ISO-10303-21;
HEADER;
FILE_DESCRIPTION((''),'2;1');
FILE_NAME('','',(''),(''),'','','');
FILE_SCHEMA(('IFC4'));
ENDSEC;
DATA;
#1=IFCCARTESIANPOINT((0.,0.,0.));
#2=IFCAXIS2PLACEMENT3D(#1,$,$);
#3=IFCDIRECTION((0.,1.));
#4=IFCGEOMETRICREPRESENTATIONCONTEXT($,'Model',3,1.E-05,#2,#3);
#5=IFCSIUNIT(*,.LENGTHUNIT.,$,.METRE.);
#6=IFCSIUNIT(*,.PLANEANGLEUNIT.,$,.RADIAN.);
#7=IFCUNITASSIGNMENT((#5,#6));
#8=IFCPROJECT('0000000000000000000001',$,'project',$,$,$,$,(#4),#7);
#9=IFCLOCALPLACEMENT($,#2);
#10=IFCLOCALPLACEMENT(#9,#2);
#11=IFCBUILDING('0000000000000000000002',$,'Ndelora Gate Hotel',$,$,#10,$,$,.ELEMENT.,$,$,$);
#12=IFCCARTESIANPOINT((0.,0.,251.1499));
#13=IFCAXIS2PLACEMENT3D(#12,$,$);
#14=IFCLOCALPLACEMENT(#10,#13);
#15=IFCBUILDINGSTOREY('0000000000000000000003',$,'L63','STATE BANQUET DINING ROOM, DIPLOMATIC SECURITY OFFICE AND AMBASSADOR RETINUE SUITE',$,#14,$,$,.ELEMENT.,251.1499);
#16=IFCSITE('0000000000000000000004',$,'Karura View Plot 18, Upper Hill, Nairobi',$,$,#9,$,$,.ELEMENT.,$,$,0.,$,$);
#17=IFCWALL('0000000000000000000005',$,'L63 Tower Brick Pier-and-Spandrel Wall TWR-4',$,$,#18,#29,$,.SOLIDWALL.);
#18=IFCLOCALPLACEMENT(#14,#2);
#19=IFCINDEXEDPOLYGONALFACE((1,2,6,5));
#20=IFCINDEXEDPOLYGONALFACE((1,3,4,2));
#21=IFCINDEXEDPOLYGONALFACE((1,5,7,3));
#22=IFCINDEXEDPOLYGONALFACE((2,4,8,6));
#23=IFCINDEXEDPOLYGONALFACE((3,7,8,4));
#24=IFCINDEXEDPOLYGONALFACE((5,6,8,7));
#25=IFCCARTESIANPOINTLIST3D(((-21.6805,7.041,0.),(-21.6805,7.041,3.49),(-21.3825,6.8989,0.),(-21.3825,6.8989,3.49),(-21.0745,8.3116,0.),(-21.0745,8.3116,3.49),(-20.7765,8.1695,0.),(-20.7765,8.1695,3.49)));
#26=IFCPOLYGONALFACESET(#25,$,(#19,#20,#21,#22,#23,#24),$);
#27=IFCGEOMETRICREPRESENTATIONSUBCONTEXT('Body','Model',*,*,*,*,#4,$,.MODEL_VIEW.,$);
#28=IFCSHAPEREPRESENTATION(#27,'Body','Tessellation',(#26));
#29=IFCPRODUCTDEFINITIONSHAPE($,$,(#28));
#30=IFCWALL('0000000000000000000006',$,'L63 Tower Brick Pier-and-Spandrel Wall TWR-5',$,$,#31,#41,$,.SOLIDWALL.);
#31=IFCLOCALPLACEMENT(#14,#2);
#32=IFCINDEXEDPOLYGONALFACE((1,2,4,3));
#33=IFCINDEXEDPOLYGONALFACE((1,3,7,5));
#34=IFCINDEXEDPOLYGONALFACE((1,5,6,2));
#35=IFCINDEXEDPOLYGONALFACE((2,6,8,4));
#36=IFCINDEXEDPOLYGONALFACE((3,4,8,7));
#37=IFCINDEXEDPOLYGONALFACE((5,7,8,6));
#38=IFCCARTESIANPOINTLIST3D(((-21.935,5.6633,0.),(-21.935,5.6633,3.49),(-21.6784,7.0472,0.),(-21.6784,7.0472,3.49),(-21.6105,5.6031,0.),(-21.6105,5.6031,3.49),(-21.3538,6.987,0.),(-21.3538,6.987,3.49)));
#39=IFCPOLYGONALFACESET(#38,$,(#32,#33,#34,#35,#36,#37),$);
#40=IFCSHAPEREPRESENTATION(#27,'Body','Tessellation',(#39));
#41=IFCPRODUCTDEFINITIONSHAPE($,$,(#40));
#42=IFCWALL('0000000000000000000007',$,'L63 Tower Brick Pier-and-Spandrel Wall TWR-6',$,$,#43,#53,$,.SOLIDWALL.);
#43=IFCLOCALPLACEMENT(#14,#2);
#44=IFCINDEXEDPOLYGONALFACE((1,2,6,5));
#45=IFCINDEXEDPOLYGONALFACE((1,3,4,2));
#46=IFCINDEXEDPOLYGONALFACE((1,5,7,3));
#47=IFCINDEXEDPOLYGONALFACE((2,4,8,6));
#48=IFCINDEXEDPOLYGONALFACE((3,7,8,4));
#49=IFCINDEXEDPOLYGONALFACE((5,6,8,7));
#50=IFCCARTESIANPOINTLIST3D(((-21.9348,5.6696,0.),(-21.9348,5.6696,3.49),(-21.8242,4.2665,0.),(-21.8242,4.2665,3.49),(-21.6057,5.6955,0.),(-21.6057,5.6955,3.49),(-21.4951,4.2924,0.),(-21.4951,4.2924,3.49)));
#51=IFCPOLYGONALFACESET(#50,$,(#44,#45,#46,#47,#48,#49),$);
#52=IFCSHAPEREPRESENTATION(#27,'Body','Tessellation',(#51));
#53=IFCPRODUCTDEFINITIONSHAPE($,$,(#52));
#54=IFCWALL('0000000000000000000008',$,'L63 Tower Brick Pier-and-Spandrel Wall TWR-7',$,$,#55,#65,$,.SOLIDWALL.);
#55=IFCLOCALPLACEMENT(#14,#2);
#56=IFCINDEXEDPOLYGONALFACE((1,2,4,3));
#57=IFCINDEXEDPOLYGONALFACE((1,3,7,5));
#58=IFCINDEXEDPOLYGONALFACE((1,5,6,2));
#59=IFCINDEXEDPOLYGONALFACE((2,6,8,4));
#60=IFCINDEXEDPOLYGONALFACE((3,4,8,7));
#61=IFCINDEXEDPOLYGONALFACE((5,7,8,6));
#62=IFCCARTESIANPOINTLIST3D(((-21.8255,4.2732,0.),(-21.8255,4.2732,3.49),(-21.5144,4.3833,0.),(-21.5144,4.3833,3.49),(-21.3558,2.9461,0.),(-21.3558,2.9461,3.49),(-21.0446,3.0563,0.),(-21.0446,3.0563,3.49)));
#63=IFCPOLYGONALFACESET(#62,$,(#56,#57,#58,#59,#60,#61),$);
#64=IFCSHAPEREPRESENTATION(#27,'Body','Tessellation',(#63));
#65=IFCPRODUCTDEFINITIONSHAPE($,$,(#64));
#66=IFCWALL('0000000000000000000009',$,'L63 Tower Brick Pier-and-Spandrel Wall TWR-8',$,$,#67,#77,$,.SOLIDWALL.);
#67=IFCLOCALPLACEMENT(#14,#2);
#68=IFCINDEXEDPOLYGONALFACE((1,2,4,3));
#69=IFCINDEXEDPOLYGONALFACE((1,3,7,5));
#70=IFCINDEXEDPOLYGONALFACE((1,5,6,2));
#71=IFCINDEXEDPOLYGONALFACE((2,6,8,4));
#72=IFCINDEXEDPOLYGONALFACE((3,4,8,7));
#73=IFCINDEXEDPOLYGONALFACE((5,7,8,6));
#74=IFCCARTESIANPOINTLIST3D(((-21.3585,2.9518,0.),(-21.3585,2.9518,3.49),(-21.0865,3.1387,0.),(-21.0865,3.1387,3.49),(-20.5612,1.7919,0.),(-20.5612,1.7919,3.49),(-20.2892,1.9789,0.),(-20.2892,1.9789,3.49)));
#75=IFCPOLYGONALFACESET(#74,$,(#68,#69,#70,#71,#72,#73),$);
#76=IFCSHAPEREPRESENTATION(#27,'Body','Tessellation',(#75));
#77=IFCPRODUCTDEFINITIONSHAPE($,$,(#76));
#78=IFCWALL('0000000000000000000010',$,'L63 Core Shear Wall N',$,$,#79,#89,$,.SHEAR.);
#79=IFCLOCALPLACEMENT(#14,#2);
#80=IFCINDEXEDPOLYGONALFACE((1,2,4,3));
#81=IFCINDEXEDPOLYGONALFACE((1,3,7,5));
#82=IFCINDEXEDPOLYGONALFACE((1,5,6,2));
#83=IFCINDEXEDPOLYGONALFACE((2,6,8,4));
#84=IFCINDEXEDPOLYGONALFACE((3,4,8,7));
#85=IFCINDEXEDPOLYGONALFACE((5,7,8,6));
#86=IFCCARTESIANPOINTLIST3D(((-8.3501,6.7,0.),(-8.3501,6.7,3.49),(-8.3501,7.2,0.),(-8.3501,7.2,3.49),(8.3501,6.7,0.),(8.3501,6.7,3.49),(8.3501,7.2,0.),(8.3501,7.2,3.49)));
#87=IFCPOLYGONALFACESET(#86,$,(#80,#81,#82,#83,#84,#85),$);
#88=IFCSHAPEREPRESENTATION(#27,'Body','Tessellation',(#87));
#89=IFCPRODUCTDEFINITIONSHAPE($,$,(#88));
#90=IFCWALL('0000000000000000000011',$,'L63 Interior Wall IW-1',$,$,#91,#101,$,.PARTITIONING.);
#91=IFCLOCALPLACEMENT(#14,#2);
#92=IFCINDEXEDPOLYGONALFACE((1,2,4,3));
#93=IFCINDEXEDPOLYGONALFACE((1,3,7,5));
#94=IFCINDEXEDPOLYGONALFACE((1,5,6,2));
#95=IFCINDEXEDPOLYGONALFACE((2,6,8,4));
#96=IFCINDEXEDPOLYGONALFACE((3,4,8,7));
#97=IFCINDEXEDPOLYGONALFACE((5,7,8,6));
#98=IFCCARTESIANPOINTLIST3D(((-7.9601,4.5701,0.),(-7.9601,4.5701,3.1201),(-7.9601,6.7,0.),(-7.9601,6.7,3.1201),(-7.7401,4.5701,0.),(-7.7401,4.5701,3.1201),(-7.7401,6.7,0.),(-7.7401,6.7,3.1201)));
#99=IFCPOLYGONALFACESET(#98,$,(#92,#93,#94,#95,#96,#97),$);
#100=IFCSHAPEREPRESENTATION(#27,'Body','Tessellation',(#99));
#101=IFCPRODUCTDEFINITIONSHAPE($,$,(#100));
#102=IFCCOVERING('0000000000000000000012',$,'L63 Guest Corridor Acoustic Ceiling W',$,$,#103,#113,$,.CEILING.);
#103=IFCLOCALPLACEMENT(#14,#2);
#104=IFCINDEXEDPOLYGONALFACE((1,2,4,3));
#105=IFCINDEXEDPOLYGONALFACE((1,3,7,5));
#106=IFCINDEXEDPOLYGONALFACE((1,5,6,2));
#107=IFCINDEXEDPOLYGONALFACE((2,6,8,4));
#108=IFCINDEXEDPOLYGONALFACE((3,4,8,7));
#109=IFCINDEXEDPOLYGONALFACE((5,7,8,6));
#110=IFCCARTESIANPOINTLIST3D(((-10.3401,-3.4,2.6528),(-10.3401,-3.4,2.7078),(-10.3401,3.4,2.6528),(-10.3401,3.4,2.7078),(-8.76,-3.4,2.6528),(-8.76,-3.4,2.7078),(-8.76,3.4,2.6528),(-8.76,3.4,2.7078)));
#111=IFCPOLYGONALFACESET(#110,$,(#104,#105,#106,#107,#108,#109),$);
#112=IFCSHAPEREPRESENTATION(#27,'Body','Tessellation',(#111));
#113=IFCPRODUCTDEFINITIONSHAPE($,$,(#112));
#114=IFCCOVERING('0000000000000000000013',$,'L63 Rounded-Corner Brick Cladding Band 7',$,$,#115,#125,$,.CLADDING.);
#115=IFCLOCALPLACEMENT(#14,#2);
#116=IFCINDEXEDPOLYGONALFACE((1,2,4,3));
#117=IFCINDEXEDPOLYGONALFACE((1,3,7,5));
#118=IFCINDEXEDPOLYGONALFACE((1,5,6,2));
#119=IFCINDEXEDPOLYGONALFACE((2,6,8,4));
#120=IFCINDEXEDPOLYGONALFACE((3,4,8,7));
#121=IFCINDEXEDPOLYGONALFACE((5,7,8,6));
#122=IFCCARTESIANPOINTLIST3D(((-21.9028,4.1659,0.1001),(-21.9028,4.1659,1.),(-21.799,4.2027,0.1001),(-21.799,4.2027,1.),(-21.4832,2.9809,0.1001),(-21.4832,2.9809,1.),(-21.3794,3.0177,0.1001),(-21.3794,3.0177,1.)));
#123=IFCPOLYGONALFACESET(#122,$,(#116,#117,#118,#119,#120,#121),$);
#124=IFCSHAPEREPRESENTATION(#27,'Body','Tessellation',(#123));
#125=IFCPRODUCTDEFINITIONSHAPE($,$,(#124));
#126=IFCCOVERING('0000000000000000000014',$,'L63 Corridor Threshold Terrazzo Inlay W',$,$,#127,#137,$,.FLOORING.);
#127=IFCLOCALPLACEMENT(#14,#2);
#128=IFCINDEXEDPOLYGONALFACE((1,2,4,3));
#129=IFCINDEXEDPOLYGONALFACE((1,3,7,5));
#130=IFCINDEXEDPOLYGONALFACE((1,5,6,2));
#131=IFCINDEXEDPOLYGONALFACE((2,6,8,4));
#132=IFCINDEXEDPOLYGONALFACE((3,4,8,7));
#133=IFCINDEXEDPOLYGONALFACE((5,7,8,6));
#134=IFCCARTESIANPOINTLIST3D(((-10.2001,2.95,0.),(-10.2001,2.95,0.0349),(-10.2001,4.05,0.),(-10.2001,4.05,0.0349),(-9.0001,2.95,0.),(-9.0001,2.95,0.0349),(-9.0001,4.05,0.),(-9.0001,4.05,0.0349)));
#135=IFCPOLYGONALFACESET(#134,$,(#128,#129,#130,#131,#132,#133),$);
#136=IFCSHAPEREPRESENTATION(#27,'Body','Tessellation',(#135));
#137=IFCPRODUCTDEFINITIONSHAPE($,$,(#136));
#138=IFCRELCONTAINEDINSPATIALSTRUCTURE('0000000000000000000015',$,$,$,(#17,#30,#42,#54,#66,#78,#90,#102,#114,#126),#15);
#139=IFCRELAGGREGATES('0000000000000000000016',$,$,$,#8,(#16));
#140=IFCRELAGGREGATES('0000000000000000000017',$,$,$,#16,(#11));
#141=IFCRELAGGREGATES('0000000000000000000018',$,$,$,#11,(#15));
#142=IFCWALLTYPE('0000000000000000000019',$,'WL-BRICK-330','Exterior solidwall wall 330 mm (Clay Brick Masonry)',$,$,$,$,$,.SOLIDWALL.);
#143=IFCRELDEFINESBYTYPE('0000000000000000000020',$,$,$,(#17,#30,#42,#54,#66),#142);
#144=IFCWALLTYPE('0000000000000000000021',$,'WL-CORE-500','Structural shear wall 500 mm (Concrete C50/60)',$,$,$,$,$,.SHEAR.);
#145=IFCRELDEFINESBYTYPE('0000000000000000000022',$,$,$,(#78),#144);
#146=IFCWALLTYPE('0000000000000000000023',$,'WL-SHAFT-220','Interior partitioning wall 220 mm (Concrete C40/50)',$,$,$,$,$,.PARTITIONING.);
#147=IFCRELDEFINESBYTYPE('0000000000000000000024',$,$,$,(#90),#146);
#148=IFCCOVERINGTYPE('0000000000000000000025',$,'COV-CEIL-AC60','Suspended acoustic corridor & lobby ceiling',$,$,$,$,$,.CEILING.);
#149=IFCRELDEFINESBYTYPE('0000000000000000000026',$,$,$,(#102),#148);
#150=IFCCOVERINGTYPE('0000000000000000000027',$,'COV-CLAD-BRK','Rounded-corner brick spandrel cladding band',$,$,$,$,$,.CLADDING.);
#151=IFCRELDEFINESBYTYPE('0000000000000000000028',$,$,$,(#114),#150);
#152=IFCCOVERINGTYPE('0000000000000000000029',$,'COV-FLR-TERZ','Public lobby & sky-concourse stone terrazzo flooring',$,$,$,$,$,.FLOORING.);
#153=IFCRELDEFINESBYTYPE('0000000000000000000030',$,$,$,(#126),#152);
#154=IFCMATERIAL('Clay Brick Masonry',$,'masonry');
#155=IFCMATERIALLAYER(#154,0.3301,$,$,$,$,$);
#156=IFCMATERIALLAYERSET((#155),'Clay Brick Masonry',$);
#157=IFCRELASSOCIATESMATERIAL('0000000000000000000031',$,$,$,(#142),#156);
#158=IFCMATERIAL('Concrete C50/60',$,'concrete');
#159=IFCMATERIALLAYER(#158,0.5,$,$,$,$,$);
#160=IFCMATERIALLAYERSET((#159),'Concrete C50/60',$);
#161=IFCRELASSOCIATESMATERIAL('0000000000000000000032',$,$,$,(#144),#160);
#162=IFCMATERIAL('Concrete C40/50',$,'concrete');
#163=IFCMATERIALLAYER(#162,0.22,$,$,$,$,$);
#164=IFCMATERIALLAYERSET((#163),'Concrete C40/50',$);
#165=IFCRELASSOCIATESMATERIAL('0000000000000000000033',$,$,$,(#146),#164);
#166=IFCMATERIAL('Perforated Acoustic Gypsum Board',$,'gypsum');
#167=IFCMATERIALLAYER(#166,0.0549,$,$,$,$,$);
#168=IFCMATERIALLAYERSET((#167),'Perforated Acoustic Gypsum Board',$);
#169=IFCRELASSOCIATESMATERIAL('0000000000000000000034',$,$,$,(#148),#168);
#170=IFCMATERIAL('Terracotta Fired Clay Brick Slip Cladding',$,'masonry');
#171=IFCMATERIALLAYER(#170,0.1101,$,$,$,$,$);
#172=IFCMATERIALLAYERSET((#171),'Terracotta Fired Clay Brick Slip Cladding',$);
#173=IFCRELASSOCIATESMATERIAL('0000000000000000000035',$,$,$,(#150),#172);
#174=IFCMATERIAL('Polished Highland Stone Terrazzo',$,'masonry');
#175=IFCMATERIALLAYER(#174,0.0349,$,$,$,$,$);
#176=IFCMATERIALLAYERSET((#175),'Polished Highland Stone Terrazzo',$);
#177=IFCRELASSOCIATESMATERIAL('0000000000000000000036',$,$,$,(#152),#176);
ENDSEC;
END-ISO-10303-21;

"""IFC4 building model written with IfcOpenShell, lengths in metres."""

from ifc_helpers import new_model, si_unit, direction, frame, frame_2d, origin, origin_2d, place, context, subcontext, project, spatial, rectangle, extrude, material, layer, layer_set, type_object, element, save


model = new_model("IFC4")

# Units and contexts
model_context = context("Model", 3, precision=1e-05, world=origin(), true_north=direction((0.0, 1.0)))
body_context = subcontext(model_context, "Body", "Model", "MODEL_VIEW")
ifc_project = project(units=[si_unit("LENGTHUNIT", "METRE"), si_unit("PLANEANGLEUNIT", "RADIAN")], contexts=[model_context])

# Site, building, storey
site_placement = place(None, origin())
site = spatial("IfcSite", under=ifc_project, at=site_placement, Name="Karura View Plot 18, Upper Hill, Nairobi", CompositionType="ELEMENT", RefElevation=0.0)
building_placement = place(site_placement, origin())
building = spatial("IfcBuilding", under=site, at=building_placement, Name="Ndelora Gate Hotel", CompositionType="ELEMENT")
storey_placement = place(building_placement, frame((0.0, 0.0, 251.1499)))
storey = spatial("IfcBuildingStorey", under=building, at=storey_placement, Name="L63", Description="STATE BANQUET DINING ROOM, DIPLOMATIC SECURITY OFFICE AND AMBASSADOR RETINUE SUITE", CompositionType="ELEMENT", Elevation=251.1499)

# Shared definitions
ifc_material_1 = material(Name="Concrete C50/60", Category="concrete")

# Walls
ifc_material_2 = material(Name="Clay Brick Masonry", Category="masonry")
ifc_layer_1 = layer(ifc_material_2, 0.3301)
ifc_layer_set_1 = layer_set([ifc_layer_1], Name="Clay Brick Masonry")
wall_type_1 = type_object("IfcWallType", Name="WL-BRICK-330", Description="Exterior solidwall wall 330 mm (Clay Brick Masonry)", PredefinedType="SOLIDWALL", material=ifc_layer_set_1)
wall_1_placement = place(storey_placement, frame((-21.5315, 6.97, 0.0), z_axis=(0.0, 0.0, 1.0), x_axis=(0.430486, 0.902597, 0.0)))
element("IfcWall", 1, at=wall_1_placement, inside=storey, type_object=wall_type_1, Name="L63 Tower Brick Pier-and-Spandrel Wall TWR-4", PredefinedType="SOLIDWALL", context=body_context, shape_type="SweptSolid", body=[
    extrude(rectangle(XDim=1.4077, YDim=0.3301, at=frame_2d((0.7039, 0.0))), origin(), (0.0, 0.0, 1.0), 3.49),
])
for number, where, z_axis, x_axis, name in (
    (2, (-21.7727, 5.6333, 0.0), (0.0, 0.0, 1.0), (0.182319, 0.983239, 0.0), "L63 Tower Brick Pier-and-Spandrel Wall TWR-5"),
    (3, (-21.6597, 4.2795, 0.0), (0.0, 0.0, 1.0), (-0.07858, 0.996908, 0.0), "L63 Tower Brick Pier-and-Spandrel Wall TWR-6"),
):
    element("IfcWall", number, at=place(storey_placement, frame(where, z_axis=z_axis, x_axis=x_axis)), inside=storey, type_object=wall_type_1, Name=name, PredefinedType="SOLIDWALL", context=body_context, shape_type="SweptSolid", body=[
        extrude(rectangle(XDim=1.4075, YDim=0.3301, at=frame_2d((0.7036, 0.0))), origin(), (0.0, 0.0, 1.0), 3.49),
    ])
wall_2_placement = place(storey_placement, frame((-21.2002, 3.0012, 0.0), z_axis=(0.0, 0.0, 1.0), x_axis=(-0.333709, 0.942676, 0.0)))
element("IfcWall", 4, at=wall_2_placement, inside=storey, type_object=wall_type_1, Name="L63 Tower Brick Pier-and-Spandrel Wall TWR-7", PredefinedType="SOLIDWALL", context=body_context, shape_type="SweptSolid", body=[
    extrude(rectangle(XDim=1.4077, YDim=0.3301, at=frame_2d((0.7039, 0.0))), origin(), (0.0, 0.0, 1.0), 3.49),
])
wall_3_placement = place(storey_placement, frame((-20.4253, 1.8855, 0.0), z_axis=(0.0, 0.0, 1.0), x_axis=(-0.566492, 0.824067, 0.0)))
element("IfcWall", 5, at=wall_3_placement, inside=storey, type_object=wall_type_1, Name="L63 Tower Brick Pier-and-Spandrel Wall TWR-8", PredefinedType="SOLIDWALL", context=body_context, shape_type="SweptSolid", body=[
    extrude(rectangle(XDim=1.4075, YDim=0.3301, at=frame_2d((0.7036, 0.0))), origin(), (0.0, 0.0, 1.0), 3.49),
])
ifc_layer_2 = layer(ifc_material_1, 0.5)
ifc_layer_set_2 = layer_set([ifc_layer_2], Name="Concrete C50/60")
wall_type_2 = type_object("IfcWallType", Name="WL-CORE-500", Description="Structural shear wall 500 mm (Concrete C50/60)", PredefinedType="SHEAR", material=ifc_layer_set_2)
wall_4_placement = place(storey_placement, frame((-8.3501, 6.95, 0.0), z_axis=(0.0, 0.0, 1.0), x_axis=(1.0, 0.0, 0.0)))
element("IfcWall", 6, at=wall_4_placement, inside=storey, type_object=wall_type_2, Name="L63 Core Shear Wall N", PredefinedType="SHEAR", context=body_context, shape_type="SweptSolid", body=[
    extrude(rectangle(XDim=16.7002, YDim=0.5, at=frame_2d((8.3501, 0.0))), origin(), (0.0, 0.0, 1.0), 3.49),
])

# Shared definitions
ifc_material_3 = material(Name="Concrete C40/50", Category="concrete")
ifc_layer_3 = layer(ifc_material_3, 0.22)
ifc_layer_set_3 = layer_set([ifc_layer_3], Name="Concrete C40/50")
wall_type_3 = type_object("IfcWallType", Name="WL-SHAFT-220", Description="Interior partitioning wall 220 mm (Concrete C40/50)", PredefinedType="PARTITIONING", material=ifc_layer_set_3)

# Wall
wall_5_placement = place(storey_placement, frame((-7.8501, 4.5701, 0.0), z_axis=(0.0, 0.0, 1.0), x_axis=(0.0, 1.0, 0.0)))
element("IfcWall", 7, at=wall_5_placement, inside=storey, type_object=wall_type_3, Name="L63 Interior Wall IW-1", PredefinedType="PARTITIONING", context=body_context, shape_type="SweptSolid", body=[
    extrude(rectangle(XDim=2.1299, YDim=0.22, at=frame_2d((1.0649, 0.0))), origin(), (0.0, 0.0, 1.0), 3.1201),
])

# Coverings
ifc_material_4 = material(Name="Perforated Acoustic Gypsum Board", Category="gypsum")
ifc_layer_4 = layer(ifc_material_4, 0.0549)
ifc_layer_set_4 = layer_set([ifc_layer_4], Name="Perforated Acoustic Gypsum Board")
covering_type_1 = type_object("IfcCoveringType", Name="COV-CEIL-AC60", Description="Suspended acoustic corridor & lobby ceiling", PredefinedType="CEILING", material=ifc_layer_set_4)
covering_1_placement = place(storey_placement, frame((-9.55, 0.0, 2.6528), z_axis=(0.0, 0.0, 1.0), x_axis=(1.0, 0.0, 0.0)))
element("IfcCovering", 8, at=covering_1_placement, inside=storey, type_object=covering_type_1, Name="L63 Guest Corridor Acoustic Ceiling W", PredefinedType="CEILING", context=body_context, shape_type="SweptSolid", body=[
    extrude(rectangle(XDim=1.5801, YDim=6.8, at=origin_2d()), origin(), (0.0, 0.0, 1.0), 0.0549),
])
ifc_material_5 = material(Name="Terracotta Fired Clay Brick Slip Cladding", Category="masonry")
ifc_layer_5 = layer(ifc_material_5, 0.1101)
ifc_layer_set_5 = layer_set([ifc_layer_5], Name="Terracotta Fired Clay Brick Slip Cladding")
covering_type_2 = type_object("IfcCoveringType", Name="COV-CLAD-BRK", Description="Rounded-corner brick spandrel cladding band", PredefinedType="CLADDING", material=ifc_layer_set_5)
covering_2_placement = place(storey_placement, frame((-21.6411, 3.5918, 0.1001), z_axis=(0.0, 0.0, 1.0), x_axis=(-0.333807, 0.942641, 0.0)))
element("IfcCovering", 9, at=covering_2_placement, inside=storey, type_object=covering_type_2, Name="L63 Rounded-Corner Brick Cladding Band 7", PredefinedType="CLADDING", context=body_context, shape_type="SweptSolid", body=[
    extrude(rectangle(XDim=1.2571, YDim=0.1101, at=origin_2d()), origin(), (0.0, 0.0, 1.0), 0.8999),
])
ifc_material_6 = material(Name="Polished Highland Stone Terrazzo", Category="masonry")
ifc_layer_6 = layer(ifc_material_6, 0.0349)
ifc_layer_set_6 = layer_set([ifc_layer_6], Name="Polished Highland Stone Terrazzo")
covering_type_3 = type_object("IfcCoveringType", Name="COV-FLR-TERZ", Description="Public lobby & sky-concourse stone terrazzo flooring", PredefinedType="FLOORING", material=ifc_layer_set_6)
covering_3_placement = place(storey_placement, frame((-9.6001, 3.5, 0.0), z_axis=(0.0, 0.0, 1.0), x_axis=(1.0, 0.0, 0.0)))
element("IfcCovering", 10, at=covering_3_placement, inside=storey, type_object=covering_type_3, Name="L63 Corridor Threshold Terrazzo Inlay W", PredefinedType="FLOORING", context=body_context, shape_type="SweptSolid", body=[
    extrude(rectangle(XDim=1.2, YDim=1.1001, at=origin_2d()), origin(), (0.0, 0.0, 1.0), 0.0349),
])

save(model, "model.ifc")
